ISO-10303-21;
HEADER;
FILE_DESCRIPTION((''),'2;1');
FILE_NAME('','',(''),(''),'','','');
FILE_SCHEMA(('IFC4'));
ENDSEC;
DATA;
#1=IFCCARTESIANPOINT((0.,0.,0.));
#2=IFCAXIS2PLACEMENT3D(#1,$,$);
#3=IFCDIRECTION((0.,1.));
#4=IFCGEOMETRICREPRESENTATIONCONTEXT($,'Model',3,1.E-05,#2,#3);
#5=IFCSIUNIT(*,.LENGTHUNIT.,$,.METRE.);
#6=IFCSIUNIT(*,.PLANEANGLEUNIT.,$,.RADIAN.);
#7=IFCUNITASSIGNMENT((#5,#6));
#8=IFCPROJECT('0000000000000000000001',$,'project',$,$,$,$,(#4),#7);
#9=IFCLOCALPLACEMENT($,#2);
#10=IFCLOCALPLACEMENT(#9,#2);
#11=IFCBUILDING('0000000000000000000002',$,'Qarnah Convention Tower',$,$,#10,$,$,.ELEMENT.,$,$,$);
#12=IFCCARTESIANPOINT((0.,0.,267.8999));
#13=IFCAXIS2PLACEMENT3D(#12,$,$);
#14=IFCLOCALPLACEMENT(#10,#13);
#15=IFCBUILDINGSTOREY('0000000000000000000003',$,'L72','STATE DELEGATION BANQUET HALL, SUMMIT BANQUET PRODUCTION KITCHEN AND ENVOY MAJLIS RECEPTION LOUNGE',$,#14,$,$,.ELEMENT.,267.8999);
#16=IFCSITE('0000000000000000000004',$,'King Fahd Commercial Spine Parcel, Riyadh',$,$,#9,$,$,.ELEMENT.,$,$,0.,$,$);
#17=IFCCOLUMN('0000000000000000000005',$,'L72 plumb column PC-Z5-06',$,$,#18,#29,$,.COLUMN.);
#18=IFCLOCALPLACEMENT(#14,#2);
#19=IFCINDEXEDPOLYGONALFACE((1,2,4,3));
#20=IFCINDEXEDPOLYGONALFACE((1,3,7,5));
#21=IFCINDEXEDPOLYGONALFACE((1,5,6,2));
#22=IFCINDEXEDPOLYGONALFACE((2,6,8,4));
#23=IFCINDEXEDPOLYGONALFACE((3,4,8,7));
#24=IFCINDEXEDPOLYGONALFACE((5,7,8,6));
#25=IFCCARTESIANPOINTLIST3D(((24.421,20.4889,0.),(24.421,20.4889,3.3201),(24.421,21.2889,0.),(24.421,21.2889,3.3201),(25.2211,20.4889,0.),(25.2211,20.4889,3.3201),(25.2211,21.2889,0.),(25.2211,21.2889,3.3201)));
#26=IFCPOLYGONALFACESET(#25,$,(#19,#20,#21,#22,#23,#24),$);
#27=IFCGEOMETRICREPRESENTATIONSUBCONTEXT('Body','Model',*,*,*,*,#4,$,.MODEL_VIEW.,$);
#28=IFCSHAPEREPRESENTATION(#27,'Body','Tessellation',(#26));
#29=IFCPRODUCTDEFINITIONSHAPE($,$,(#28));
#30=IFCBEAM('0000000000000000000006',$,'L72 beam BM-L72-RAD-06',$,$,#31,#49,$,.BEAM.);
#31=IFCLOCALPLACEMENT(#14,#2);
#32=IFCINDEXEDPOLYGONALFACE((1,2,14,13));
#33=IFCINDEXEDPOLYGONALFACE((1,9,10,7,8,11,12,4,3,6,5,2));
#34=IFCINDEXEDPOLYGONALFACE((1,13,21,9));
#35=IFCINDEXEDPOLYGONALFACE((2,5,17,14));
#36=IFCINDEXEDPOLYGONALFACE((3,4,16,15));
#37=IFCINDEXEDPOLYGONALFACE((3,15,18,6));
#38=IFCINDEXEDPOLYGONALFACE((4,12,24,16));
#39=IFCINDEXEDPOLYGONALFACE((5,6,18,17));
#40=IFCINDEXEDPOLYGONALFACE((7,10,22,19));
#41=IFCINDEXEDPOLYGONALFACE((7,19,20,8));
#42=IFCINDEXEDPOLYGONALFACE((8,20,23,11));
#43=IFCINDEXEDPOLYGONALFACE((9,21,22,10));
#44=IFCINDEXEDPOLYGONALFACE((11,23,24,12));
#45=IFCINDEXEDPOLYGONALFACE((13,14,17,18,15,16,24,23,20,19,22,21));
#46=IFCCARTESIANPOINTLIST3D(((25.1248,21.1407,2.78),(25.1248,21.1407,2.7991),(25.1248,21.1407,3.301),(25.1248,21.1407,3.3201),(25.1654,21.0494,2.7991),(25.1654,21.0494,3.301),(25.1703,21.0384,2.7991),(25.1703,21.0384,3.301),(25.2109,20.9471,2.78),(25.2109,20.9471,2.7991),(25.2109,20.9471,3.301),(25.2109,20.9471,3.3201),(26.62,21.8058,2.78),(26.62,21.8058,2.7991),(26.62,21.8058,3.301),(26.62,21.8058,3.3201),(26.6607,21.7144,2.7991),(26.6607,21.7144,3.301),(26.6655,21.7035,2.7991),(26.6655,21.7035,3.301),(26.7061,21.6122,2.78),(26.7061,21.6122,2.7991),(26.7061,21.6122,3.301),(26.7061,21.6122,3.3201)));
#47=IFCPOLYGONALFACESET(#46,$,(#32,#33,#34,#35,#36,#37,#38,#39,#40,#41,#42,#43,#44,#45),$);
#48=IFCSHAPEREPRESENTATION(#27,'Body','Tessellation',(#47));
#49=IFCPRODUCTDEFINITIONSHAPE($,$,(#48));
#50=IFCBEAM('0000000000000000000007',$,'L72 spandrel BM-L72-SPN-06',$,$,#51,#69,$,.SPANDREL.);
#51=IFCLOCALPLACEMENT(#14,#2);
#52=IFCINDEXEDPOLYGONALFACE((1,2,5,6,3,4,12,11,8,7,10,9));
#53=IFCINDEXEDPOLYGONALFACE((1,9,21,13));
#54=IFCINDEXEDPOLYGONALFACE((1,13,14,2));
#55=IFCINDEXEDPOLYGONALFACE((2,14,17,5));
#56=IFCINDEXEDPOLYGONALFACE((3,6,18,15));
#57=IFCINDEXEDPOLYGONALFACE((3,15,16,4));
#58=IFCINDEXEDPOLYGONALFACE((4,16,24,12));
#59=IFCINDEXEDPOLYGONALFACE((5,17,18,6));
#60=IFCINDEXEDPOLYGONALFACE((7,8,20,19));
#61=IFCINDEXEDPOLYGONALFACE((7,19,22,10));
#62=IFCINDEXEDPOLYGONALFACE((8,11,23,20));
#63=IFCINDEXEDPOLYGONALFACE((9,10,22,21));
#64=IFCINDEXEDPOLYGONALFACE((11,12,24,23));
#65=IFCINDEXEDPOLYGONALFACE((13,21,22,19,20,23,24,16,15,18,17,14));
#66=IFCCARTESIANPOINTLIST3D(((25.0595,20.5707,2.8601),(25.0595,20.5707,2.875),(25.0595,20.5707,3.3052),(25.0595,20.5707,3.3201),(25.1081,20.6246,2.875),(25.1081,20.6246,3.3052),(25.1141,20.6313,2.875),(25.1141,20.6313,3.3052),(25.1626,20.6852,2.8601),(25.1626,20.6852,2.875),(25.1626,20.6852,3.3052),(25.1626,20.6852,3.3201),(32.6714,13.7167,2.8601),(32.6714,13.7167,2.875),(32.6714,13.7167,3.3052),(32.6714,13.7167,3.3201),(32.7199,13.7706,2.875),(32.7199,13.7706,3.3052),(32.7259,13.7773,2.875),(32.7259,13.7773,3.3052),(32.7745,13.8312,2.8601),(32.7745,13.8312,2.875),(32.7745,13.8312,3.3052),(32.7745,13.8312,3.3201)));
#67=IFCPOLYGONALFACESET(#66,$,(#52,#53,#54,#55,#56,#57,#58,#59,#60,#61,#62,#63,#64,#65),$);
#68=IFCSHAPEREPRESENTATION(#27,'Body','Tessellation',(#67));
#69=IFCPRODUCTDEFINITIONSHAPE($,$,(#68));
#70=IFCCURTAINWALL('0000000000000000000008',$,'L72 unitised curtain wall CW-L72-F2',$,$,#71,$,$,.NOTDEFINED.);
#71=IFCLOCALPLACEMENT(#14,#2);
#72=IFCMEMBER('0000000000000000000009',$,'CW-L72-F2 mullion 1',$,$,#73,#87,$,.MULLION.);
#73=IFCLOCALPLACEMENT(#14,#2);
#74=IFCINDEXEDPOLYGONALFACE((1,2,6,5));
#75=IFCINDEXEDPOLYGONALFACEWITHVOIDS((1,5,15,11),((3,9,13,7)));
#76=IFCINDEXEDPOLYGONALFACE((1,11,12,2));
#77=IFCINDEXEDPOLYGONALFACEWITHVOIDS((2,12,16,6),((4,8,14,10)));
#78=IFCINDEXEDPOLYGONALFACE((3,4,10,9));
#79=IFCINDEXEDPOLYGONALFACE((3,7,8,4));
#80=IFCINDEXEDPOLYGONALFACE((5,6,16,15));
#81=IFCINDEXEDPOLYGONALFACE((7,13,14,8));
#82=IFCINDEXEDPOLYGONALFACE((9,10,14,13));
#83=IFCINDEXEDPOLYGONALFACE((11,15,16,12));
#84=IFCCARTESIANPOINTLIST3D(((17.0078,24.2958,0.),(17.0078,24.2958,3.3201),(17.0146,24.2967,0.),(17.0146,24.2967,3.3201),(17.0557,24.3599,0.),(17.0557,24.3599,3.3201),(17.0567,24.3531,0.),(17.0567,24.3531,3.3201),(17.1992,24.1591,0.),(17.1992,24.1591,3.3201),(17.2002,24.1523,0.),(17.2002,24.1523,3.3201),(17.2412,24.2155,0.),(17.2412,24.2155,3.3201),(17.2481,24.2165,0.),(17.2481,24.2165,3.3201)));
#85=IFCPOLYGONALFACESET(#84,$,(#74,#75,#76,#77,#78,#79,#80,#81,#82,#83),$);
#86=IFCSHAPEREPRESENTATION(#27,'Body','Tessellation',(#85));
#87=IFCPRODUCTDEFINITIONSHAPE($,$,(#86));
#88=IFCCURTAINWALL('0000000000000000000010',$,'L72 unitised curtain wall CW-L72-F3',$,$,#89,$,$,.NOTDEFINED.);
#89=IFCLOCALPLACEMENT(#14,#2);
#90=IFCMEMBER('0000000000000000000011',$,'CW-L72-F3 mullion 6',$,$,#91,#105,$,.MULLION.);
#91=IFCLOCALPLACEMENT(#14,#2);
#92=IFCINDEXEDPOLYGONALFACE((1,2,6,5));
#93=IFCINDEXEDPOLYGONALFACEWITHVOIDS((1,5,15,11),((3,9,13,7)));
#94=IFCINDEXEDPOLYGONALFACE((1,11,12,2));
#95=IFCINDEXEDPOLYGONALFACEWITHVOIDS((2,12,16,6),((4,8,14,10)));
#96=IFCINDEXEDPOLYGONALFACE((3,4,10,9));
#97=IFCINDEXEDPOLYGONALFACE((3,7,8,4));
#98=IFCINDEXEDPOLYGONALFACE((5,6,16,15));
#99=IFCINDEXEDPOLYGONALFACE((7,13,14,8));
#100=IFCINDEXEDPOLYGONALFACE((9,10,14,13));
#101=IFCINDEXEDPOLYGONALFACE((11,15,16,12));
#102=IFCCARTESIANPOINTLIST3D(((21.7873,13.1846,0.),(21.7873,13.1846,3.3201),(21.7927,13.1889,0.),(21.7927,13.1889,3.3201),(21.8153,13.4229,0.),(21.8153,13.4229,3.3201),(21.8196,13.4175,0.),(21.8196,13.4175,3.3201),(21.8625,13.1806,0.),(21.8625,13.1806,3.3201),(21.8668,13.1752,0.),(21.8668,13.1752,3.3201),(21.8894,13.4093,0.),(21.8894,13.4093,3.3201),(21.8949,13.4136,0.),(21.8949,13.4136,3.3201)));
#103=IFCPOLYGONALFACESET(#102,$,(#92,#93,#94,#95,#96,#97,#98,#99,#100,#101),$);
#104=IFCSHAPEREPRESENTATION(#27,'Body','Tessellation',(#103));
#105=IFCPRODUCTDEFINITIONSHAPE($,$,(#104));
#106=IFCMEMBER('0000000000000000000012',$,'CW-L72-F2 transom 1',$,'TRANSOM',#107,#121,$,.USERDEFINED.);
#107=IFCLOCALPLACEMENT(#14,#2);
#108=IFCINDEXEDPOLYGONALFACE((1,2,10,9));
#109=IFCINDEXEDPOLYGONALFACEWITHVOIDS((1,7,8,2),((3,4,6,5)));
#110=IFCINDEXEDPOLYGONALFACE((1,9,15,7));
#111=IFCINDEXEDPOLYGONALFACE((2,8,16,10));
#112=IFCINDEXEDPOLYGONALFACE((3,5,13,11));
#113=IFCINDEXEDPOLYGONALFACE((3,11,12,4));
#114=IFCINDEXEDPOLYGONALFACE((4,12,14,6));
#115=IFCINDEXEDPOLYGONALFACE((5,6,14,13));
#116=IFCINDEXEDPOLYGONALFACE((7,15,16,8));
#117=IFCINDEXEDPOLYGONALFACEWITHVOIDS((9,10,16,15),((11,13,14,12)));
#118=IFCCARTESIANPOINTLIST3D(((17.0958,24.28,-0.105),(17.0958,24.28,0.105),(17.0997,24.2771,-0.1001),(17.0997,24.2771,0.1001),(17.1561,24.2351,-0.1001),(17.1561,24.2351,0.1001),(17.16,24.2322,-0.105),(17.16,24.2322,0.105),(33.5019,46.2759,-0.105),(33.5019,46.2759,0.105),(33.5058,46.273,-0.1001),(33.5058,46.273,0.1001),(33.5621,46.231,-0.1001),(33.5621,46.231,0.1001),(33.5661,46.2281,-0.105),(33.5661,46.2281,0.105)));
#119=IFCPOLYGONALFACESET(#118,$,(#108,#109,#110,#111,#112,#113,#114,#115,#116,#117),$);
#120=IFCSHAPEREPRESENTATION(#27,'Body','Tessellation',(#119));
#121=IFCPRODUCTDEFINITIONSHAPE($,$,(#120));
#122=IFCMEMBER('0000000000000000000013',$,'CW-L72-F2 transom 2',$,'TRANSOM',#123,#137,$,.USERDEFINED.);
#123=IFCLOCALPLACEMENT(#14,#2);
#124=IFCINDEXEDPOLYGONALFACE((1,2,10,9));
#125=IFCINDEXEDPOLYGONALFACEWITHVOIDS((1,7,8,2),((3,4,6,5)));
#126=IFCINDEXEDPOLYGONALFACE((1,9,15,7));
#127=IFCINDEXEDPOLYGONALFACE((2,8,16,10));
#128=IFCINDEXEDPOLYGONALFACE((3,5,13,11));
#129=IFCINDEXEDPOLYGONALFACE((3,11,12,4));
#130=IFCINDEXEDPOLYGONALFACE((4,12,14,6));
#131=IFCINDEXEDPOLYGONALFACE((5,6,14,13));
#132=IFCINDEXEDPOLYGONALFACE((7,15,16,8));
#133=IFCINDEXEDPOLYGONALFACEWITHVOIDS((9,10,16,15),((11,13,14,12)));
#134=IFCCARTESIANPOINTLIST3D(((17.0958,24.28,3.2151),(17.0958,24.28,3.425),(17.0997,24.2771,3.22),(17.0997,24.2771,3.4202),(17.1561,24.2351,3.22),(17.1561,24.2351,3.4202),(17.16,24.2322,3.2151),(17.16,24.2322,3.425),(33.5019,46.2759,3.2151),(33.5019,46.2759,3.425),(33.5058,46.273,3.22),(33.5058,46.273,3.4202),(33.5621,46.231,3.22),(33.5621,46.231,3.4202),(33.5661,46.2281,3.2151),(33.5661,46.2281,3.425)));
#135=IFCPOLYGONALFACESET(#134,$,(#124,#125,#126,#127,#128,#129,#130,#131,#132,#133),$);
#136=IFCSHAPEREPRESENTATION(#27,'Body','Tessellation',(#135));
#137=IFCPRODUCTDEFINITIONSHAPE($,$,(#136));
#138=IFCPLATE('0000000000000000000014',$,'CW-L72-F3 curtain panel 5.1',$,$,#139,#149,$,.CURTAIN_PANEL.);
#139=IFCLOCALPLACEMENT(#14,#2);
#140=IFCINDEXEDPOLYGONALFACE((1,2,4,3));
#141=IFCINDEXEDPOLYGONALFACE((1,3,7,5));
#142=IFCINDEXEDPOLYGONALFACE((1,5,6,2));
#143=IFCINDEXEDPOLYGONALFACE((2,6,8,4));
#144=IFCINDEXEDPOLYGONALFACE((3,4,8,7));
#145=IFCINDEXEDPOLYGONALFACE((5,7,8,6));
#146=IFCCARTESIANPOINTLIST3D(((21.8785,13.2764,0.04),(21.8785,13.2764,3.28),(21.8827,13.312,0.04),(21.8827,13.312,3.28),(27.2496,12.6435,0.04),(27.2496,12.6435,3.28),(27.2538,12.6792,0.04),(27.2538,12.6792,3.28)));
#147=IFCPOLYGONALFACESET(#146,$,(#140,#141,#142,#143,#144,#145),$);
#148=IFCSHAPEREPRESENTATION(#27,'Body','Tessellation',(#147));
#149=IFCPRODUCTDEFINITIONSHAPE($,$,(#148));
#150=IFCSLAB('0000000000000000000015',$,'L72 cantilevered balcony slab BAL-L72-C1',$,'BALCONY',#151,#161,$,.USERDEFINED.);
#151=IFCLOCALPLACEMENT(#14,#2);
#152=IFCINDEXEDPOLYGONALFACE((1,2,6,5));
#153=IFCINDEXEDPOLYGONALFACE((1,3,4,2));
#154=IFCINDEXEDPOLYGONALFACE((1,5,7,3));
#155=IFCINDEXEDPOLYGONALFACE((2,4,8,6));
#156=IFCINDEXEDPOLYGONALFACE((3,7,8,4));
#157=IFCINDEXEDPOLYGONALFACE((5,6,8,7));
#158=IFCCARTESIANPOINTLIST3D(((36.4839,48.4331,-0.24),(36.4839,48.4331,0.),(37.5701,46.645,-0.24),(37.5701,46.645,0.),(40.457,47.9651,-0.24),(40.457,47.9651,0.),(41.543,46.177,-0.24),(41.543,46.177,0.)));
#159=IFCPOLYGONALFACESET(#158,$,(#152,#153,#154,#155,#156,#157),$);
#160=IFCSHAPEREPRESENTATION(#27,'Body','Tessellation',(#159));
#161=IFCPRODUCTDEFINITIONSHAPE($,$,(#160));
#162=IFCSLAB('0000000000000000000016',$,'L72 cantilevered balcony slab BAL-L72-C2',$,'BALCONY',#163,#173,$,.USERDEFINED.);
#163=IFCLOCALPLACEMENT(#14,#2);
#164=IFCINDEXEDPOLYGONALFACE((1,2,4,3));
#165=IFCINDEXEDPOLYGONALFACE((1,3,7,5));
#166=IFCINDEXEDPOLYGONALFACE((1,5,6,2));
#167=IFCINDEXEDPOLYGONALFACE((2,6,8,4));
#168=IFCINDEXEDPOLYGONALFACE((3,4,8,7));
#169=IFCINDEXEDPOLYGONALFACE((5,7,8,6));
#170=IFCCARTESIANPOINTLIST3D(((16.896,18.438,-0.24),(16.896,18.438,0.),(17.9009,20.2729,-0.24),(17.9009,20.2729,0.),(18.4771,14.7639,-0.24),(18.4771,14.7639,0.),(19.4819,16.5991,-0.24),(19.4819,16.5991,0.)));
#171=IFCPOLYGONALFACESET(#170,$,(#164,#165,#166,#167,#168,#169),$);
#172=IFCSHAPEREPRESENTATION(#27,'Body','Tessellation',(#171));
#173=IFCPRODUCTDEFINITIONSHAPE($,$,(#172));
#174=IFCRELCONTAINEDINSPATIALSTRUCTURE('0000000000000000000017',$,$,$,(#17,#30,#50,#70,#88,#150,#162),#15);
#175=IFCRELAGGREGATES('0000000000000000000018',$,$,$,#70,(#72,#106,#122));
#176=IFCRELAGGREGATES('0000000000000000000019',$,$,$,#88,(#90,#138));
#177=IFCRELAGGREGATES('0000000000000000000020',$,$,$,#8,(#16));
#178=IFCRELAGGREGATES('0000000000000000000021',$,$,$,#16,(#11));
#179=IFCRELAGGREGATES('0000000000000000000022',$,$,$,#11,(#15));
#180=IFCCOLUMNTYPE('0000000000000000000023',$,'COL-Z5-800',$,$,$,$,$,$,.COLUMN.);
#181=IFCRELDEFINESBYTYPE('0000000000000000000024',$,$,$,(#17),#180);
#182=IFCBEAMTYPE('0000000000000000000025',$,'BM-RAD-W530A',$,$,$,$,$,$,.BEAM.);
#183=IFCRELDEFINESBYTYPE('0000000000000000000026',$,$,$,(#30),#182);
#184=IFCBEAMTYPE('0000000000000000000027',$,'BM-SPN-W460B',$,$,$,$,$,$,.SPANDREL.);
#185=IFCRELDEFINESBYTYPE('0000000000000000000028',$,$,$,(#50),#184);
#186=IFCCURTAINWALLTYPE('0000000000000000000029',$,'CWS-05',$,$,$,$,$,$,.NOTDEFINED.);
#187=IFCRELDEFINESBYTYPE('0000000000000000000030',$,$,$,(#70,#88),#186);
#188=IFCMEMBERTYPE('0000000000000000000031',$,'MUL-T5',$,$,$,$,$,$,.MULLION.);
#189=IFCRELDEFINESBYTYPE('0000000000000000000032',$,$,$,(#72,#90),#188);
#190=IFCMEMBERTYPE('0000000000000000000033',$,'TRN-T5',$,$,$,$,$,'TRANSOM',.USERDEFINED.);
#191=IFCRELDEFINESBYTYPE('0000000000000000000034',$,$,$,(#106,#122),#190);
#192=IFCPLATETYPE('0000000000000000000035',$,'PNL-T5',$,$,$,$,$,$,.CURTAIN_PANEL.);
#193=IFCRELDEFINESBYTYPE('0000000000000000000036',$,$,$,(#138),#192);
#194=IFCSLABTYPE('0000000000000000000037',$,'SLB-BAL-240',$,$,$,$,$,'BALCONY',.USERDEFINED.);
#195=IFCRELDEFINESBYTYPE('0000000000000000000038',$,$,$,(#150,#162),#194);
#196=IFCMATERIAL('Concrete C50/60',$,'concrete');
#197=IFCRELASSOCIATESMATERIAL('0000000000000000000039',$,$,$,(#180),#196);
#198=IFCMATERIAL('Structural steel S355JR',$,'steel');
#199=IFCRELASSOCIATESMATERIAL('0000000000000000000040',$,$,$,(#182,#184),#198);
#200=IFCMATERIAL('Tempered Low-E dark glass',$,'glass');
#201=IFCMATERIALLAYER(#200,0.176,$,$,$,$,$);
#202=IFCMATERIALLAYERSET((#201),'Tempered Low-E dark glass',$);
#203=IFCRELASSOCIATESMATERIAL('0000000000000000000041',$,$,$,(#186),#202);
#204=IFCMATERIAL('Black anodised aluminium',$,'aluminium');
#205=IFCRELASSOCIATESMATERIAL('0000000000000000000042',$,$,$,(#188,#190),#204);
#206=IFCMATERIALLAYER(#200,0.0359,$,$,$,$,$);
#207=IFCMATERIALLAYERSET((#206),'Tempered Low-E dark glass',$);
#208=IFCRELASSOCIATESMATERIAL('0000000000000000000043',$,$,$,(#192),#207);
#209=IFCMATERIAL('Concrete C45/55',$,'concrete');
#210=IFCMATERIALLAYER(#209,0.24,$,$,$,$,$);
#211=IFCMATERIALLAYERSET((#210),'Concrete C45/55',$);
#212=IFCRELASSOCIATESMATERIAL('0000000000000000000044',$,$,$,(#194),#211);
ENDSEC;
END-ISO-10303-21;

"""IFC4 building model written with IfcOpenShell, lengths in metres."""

from ifc_helpers import new_model, si_unit, direction, frame, origin, origin_2d, place, context, subcontext, project, spatial, polyline, rectangle, hollow_rectangle, i_section, outline, extrude, material, layer, layer_set, material_profile, profile_set, type_object, element, aggregate, save


model = new_model("IFC4")

# Units and contexts
model_context = context("Model", 3, precision=1e-05, world=origin(), true_north=direction((0.0, 1.0)))
body_context = subcontext(model_context, "Body", "Model", "MODEL_VIEW")
ifc_project = project(units=[si_unit("LENGTHUNIT", "METRE"), si_unit("PLANEANGLEUNIT", "RADIAN")], contexts=[model_context])

# Site, building, storey
site_placement = place(None, origin())
site = spatial("IfcSite", under=ifc_project, at=site_placement, Name="King Fahd Commercial Spine Parcel, Riyadh", CompositionType="ELEMENT", RefElevation=0.0)
building_placement = place(site_placement, origin())
building = spatial("IfcBuilding", under=site, at=building_placement, Name="Qarnah Convention Tower", CompositionType="ELEMENT")
storey_placement = place(building_placement, frame((0.0, 0.0, 267.8999)))
storey = spatial("IfcBuildingStorey", under=building, at=storey_placement, Name="L72", Description="STATE DELEGATION BANQUET HALL, SUMMIT BANQUET PRODUCTION KITCHEN AND ENVOY MAJLIS RECEPTION LOUNGE", CompositionType="ELEMENT", Elevation=267.8999)

# Column
ifc_material_1 = material(Name="Concrete C50/60", Category="concrete")
ifc_material_profile_1 = material_profile(ifc_material_1, rectangle(XDim=0.8, YDim=0.8, at=origin_2d()), Name="RC-COL-800X800")
ifc_profile_set_1 = profile_set([ifc_material_profile_1], Name="Concrete C50/60")
column_type = type_object("IfcColumnType", Name="COL-Z5-800", PredefinedType="COLUMN", material=ifc_profile_set_1)
column_placement = place(storey_placement, frame((24.821, 20.8889, 0.0), z_axis=(0.0, 0.0, 1.0), x_axis=(1.0, 0.0, 0.0)))
element("IfcColumn", 1, at=column_placement, inside=storey, type_object=column_type, Name="L72 plumb column PC-Z5-06", PredefinedType="COLUMN", context=body_context, shape_type="SweptSolid", body=[
    extrude(rectangle(XDim=0.8, YDim=0.8, at=origin_2d()), origin(), (0.0, 0.0, 1.0), 3.3201),
])

# Beams
ifc_material_2 = material(Name="Structural steel S355JR", Category="steel")
ifc_material_profile_2 = material_profile(ifc_material_2, i_section(OverallWidth=0.2119, OverallDepth=0.54, WebThickness=0.012, FlangeThickness=0.019, at=origin_2d()), Name="W530X109")
ifc_profile_set_2 = profile_set([ifc_material_profile_2], Name="Structural steel S355JR")
beam_type_1 = type_object("IfcBeamType", Name="BM-RAD-W530A", PredefinedType="BEAM", material=ifc_profile_set_2)
beam_1_placement = place(storey_placement, frame((26.6631, 21.709, 3.05), z_axis=(-0.913688, -0.406415, 0.0), x_axis=(0.406415, -0.913688, 0.0)))
element("IfcBeam", 2, at=beam_1_placement, inside=storey, type_object=beam_type_1, Name="L72 beam BM-L72-RAD-06", PredefinedType="BEAM", context=body_context, shape_type="SweptSolid", body=[
    extrude(i_section(OverallWidth=0.2119, OverallDepth=0.54, WebThickness=0.012, FlangeThickness=0.019, at=origin_2d()), origin(), (0.0, 0.0, 1.0), 1.6365),
])
ifc_material_profile_3 = material_profile(ifc_material_2, i_section(OverallWidth=0.1541, OverallDepth=0.46, WebThickness=0.009, FlangeThickness=0.0149, at=origin_2d()), Name="W460X68")
ifc_profile_set_3 = profile_set([ifc_material_profile_3], Name="Structural steel S355JR")
beam_type_2 = type_object("IfcBeamType", Name="BM-SPN-W460B", PredefinedType="SPANDREL", material=ifc_profile_set_3)
beam_2_placement = place(storey_placement, frame((25.1111, 20.6279, 3.0901), z_axis=(0.743131, -0.669146, 0.0), x_axis=(0.669146, 0.743131, 0.0)))
element("IfcBeam", 3, at=beam_2_placement, inside=storey, type_object=beam_type_2, Name="L72 spandrel BM-L72-SPN-06", PredefinedType="SPANDREL", context=body_context, shape_type="SweptSolid", body=[
    extrude(i_section(OverallWidth=0.1541, OverallDepth=0.46, WebThickness=0.009, FlangeThickness=0.0149, at=origin_2d()), origin(), (0.0, 0.0, 1.0), 10.2429),
])

# Curtain walls, members
ifc_material_3 = material(Name="Tempered Low-E dark glass", Category="glass")
ifc_layer_1 = layer(ifc_material_3, 0.176)
ifc_layer_set_1 = layer_set([ifc_layer_1], Name="Tempered Low-E dark glass")
curtain_wall_type = type_object("IfcCurtainWallType", Name="CWS-05", PredefinedType="NOTDEFINED", material=ifc_layer_set_1)
curtain_wall_1_placement = place(storey_placement, origin())
curtain_wall_1 = element("IfcCurtainWall", 4, at=curtain_wall_1_placement, inside=storey, type_object=curtain_wall_type, Name="L72 unitised curtain wall CW-L72-F2", PredefinedType="NOTDEFINED")
ifc_material_4 = material(Name="Black anodised aluminium", Category="aluminium")
ifc_material_profile_4 = material_profile(ifc_material_4, hollow_rectangle(XDim=0.0801, YDim=0.24, WallThickness=0.0049, at=origin_2d()), Name="MUL-80X240")
ifc_profile_set_4 = profile_set([ifc_material_profile_4], Name="Black anodised aluminium")
member_type_1 = type_object("IfcMemberType", Name="MUL-T5", PredefinedType="MULLION", material=ifc_profile_set_4)
member_1_placement = place(storey_placement, frame((17.1279, 24.2561, 0.0), z_axis=(0.0, 0.0, 1.0), x_axis=(0.597875, 0.801589, 0.0)))
member_1 = element("IfcMember", 5, at=member_1_placement, type_object=member_type_1, Name="CW-L72-F2 mullion 1", PredefinedType="MULLION", context=body_context, shape_type="SweptSolid", body=[
    extrude(hollow_rectangle(XDim=0.0801, YDim=0.24, WallThickness=0.0049, at=origin_2d()), origin(), (0.0, 0.0, 1.0), 3.3201),
])
curtain_wall_2_placement = place(storey_placement, origin())
curtain_wall_2 = element("IfcCurtainWall", 6, at=curtain_wall_2_placement, inside=storey, type_object=curtain_wall_type, Name="L72 unitised curtain wall CW-L72-F3", PredefinedType="NOTDEFINED")
member_2_placement = place(storey_placement, frame((21.8411, 13.2991, 0.0), z_axis=(0.0, 0.0, 1.0), x_axis=(-0.99313, 0.117017, 0.0)))
member_2 = element("IfcMember", 7, at=member_2_placement, type_object=member_type_1, Name="CW-L72-F3 mullion 6", PredefinedType="MULLION", context=body_context, shape_type="SweptSolid", body=[
    extrude(hollow_rectangle(XDim=0.0801, YDim=0.24, WallThickness=0.0049, at=origin_2d()), origin(), (0.0, 0.0, 1.0), 3.3201),
])

# Members
ifc_material_profile_5 = material_profile(ifc_material_4, hollow_rectangle(XDim=0.0801, YDim=0.21, WallThickness=0.0049, at=origin_2d()), Name="TRN-80X210")
ifc_profile_set_5 = profile_set([ifc_material_profile_5], Name="Black anodised aluminium")
member_type_2 = type_object("IfcMemberType", Name="TRN-T5", ElementType="TRANSOM", PredefinedType="USERDEFINED", material=ifc_profile_set_5)
member_3_placement = place(storey_placement, frame((17.1279, 24.2561, 0.0), z_axis=(0.597878, 0.801587, 0.0), x_axis=(-0.801587, 0.597878, 0.0)))
member_3 = element("IfcMember", 8, at=member_3_placement, type_object=member_type_2, Name="CW-L72-F2 transom 1", ObjectType="TRANSOM", PredefinedType="USERDEFINED", context=body_context, shape_type="SweptSolid", body=[
    extrude(hollow_rectangle(XDim=0.0801, YDim=0.21, WallThickness=0.0049, at=origin_2d()), origin(), (0.0, 0.0, 1.0), 27.4404),
])
member_4_placement = place(storey_placement, frame((17.1279, 24.2561, 3.3201), z_axis=(0.597878, 0.801587, 0.0), x_axis=(-0.801587, 0.597878, 0.0)))
member_4 = element("IfcMember", 9, at=member_4_placement, type_object=member_type_2, Name="CW-L72-F2 transom 2", ObjectType="TRANSOM", PredefinedType="USERDEFINED", context=body_context, shape_type="SweptSolid", body=[
    extrude(hollow_rectangle(XDim=0.0801, YDim=0.21, WallThickness=0.0049, at=origin_2d()), origin(), (0.0, 0.0, 1.0), 27.4404),
])
aggregate(curtain_wall_1, [member_1, member_3, member_4])

# Plate
ifc_layer_2 = layer(ifc_material_3, 0.0359)
ifc_layer_set_2 = layer_set([ifc_layer_2], Name="Tempered Low-E dark glass")
plate_type = type_object("IfcPlateType", Name="PNL-T5", PredefinedType="CURTAIN_PANEL", material=ifc_layer_set_2)
plate_placement = place(storey_placement, frame((24.5662, 12.9778, 0.04), z_axis=(0.0, 0.0, 1.0), x_axis=(-0.99313, 0.117017, 0.0)))
plate = element("IfcPlate", 10, at=plate_placement, type_object=plate_type, Name="CW-L72-F3 curtain panel 5.1", PredefinedType="CURTAIN_PANEL", context=body_context, shape_type="SweptSolid", body=[
    extrude(rectangle(XDim=5.4082, YDim=0.0359, at=origin_2d()), origin(), (0.0, 0.0, 1.0), 3.24),
])
aggregate(curtain_wall_2, [member_2, plate])

# Slabs
ifc_material_5 = material(Name="Concrete C45/55", Category="concrete")
ifc_layer_3 = layer(ifc_material_5, 0.24)
ifc_layer_set_3 = layer_set([ifc_layer_3], Name="Concrete C45/55")
slab_type_1 = type_object("IfcSlabType", Name="SLB-BAL-240", ElementType="BALCONY", PredefinedType="USERDEFINED", material=ifc_layer_set_3)
slab_1_placement = place(storey_placement, frame((0.0, 0.0, -0.24)))
element("IfcSlab", 11, at=slab_1_placement, inside=storey, type_object=slab_type_1, Name="L72 cantilevered balcony slab BAL-L72-C1", ObjectType="BALCONY", PredefinedType="USERDEFINED", context=body_context, shape_type="SweptSolid", body=[
    extrude(outline(polyline([(36.4839, 48.4331), (40.457, 47.9651), (41.543, 46.177), (37.5701, 46.645), (36.4839, 48.4331)])), origin(), (0.0, 0.0, 1.0), 0.24),
])
slab_2_placement = place(storey_placement, frame((0.0, 0.0, -0.24)))
element("IfcSlab", 12, at=slab_2_placement, inside=storey, type_object=slab_type_1, Name="L72 cantilevered balcony slab BAL-L72-C2", ObjectType="BALCONY", PredefinedType="USERDEFINED", context=body_context, shape_type="SweptSolid", body=[
    extrude(outline(polyline([(18.4771, 14.7639), (16.896, 18.438), (17.9009, 20.2729), (19.4819, 16.5991), (18.4771, 14.7639)])), origin(), (0.0, 0.0, 1.0), 0.24),
])

save(model, "model.ifc")
